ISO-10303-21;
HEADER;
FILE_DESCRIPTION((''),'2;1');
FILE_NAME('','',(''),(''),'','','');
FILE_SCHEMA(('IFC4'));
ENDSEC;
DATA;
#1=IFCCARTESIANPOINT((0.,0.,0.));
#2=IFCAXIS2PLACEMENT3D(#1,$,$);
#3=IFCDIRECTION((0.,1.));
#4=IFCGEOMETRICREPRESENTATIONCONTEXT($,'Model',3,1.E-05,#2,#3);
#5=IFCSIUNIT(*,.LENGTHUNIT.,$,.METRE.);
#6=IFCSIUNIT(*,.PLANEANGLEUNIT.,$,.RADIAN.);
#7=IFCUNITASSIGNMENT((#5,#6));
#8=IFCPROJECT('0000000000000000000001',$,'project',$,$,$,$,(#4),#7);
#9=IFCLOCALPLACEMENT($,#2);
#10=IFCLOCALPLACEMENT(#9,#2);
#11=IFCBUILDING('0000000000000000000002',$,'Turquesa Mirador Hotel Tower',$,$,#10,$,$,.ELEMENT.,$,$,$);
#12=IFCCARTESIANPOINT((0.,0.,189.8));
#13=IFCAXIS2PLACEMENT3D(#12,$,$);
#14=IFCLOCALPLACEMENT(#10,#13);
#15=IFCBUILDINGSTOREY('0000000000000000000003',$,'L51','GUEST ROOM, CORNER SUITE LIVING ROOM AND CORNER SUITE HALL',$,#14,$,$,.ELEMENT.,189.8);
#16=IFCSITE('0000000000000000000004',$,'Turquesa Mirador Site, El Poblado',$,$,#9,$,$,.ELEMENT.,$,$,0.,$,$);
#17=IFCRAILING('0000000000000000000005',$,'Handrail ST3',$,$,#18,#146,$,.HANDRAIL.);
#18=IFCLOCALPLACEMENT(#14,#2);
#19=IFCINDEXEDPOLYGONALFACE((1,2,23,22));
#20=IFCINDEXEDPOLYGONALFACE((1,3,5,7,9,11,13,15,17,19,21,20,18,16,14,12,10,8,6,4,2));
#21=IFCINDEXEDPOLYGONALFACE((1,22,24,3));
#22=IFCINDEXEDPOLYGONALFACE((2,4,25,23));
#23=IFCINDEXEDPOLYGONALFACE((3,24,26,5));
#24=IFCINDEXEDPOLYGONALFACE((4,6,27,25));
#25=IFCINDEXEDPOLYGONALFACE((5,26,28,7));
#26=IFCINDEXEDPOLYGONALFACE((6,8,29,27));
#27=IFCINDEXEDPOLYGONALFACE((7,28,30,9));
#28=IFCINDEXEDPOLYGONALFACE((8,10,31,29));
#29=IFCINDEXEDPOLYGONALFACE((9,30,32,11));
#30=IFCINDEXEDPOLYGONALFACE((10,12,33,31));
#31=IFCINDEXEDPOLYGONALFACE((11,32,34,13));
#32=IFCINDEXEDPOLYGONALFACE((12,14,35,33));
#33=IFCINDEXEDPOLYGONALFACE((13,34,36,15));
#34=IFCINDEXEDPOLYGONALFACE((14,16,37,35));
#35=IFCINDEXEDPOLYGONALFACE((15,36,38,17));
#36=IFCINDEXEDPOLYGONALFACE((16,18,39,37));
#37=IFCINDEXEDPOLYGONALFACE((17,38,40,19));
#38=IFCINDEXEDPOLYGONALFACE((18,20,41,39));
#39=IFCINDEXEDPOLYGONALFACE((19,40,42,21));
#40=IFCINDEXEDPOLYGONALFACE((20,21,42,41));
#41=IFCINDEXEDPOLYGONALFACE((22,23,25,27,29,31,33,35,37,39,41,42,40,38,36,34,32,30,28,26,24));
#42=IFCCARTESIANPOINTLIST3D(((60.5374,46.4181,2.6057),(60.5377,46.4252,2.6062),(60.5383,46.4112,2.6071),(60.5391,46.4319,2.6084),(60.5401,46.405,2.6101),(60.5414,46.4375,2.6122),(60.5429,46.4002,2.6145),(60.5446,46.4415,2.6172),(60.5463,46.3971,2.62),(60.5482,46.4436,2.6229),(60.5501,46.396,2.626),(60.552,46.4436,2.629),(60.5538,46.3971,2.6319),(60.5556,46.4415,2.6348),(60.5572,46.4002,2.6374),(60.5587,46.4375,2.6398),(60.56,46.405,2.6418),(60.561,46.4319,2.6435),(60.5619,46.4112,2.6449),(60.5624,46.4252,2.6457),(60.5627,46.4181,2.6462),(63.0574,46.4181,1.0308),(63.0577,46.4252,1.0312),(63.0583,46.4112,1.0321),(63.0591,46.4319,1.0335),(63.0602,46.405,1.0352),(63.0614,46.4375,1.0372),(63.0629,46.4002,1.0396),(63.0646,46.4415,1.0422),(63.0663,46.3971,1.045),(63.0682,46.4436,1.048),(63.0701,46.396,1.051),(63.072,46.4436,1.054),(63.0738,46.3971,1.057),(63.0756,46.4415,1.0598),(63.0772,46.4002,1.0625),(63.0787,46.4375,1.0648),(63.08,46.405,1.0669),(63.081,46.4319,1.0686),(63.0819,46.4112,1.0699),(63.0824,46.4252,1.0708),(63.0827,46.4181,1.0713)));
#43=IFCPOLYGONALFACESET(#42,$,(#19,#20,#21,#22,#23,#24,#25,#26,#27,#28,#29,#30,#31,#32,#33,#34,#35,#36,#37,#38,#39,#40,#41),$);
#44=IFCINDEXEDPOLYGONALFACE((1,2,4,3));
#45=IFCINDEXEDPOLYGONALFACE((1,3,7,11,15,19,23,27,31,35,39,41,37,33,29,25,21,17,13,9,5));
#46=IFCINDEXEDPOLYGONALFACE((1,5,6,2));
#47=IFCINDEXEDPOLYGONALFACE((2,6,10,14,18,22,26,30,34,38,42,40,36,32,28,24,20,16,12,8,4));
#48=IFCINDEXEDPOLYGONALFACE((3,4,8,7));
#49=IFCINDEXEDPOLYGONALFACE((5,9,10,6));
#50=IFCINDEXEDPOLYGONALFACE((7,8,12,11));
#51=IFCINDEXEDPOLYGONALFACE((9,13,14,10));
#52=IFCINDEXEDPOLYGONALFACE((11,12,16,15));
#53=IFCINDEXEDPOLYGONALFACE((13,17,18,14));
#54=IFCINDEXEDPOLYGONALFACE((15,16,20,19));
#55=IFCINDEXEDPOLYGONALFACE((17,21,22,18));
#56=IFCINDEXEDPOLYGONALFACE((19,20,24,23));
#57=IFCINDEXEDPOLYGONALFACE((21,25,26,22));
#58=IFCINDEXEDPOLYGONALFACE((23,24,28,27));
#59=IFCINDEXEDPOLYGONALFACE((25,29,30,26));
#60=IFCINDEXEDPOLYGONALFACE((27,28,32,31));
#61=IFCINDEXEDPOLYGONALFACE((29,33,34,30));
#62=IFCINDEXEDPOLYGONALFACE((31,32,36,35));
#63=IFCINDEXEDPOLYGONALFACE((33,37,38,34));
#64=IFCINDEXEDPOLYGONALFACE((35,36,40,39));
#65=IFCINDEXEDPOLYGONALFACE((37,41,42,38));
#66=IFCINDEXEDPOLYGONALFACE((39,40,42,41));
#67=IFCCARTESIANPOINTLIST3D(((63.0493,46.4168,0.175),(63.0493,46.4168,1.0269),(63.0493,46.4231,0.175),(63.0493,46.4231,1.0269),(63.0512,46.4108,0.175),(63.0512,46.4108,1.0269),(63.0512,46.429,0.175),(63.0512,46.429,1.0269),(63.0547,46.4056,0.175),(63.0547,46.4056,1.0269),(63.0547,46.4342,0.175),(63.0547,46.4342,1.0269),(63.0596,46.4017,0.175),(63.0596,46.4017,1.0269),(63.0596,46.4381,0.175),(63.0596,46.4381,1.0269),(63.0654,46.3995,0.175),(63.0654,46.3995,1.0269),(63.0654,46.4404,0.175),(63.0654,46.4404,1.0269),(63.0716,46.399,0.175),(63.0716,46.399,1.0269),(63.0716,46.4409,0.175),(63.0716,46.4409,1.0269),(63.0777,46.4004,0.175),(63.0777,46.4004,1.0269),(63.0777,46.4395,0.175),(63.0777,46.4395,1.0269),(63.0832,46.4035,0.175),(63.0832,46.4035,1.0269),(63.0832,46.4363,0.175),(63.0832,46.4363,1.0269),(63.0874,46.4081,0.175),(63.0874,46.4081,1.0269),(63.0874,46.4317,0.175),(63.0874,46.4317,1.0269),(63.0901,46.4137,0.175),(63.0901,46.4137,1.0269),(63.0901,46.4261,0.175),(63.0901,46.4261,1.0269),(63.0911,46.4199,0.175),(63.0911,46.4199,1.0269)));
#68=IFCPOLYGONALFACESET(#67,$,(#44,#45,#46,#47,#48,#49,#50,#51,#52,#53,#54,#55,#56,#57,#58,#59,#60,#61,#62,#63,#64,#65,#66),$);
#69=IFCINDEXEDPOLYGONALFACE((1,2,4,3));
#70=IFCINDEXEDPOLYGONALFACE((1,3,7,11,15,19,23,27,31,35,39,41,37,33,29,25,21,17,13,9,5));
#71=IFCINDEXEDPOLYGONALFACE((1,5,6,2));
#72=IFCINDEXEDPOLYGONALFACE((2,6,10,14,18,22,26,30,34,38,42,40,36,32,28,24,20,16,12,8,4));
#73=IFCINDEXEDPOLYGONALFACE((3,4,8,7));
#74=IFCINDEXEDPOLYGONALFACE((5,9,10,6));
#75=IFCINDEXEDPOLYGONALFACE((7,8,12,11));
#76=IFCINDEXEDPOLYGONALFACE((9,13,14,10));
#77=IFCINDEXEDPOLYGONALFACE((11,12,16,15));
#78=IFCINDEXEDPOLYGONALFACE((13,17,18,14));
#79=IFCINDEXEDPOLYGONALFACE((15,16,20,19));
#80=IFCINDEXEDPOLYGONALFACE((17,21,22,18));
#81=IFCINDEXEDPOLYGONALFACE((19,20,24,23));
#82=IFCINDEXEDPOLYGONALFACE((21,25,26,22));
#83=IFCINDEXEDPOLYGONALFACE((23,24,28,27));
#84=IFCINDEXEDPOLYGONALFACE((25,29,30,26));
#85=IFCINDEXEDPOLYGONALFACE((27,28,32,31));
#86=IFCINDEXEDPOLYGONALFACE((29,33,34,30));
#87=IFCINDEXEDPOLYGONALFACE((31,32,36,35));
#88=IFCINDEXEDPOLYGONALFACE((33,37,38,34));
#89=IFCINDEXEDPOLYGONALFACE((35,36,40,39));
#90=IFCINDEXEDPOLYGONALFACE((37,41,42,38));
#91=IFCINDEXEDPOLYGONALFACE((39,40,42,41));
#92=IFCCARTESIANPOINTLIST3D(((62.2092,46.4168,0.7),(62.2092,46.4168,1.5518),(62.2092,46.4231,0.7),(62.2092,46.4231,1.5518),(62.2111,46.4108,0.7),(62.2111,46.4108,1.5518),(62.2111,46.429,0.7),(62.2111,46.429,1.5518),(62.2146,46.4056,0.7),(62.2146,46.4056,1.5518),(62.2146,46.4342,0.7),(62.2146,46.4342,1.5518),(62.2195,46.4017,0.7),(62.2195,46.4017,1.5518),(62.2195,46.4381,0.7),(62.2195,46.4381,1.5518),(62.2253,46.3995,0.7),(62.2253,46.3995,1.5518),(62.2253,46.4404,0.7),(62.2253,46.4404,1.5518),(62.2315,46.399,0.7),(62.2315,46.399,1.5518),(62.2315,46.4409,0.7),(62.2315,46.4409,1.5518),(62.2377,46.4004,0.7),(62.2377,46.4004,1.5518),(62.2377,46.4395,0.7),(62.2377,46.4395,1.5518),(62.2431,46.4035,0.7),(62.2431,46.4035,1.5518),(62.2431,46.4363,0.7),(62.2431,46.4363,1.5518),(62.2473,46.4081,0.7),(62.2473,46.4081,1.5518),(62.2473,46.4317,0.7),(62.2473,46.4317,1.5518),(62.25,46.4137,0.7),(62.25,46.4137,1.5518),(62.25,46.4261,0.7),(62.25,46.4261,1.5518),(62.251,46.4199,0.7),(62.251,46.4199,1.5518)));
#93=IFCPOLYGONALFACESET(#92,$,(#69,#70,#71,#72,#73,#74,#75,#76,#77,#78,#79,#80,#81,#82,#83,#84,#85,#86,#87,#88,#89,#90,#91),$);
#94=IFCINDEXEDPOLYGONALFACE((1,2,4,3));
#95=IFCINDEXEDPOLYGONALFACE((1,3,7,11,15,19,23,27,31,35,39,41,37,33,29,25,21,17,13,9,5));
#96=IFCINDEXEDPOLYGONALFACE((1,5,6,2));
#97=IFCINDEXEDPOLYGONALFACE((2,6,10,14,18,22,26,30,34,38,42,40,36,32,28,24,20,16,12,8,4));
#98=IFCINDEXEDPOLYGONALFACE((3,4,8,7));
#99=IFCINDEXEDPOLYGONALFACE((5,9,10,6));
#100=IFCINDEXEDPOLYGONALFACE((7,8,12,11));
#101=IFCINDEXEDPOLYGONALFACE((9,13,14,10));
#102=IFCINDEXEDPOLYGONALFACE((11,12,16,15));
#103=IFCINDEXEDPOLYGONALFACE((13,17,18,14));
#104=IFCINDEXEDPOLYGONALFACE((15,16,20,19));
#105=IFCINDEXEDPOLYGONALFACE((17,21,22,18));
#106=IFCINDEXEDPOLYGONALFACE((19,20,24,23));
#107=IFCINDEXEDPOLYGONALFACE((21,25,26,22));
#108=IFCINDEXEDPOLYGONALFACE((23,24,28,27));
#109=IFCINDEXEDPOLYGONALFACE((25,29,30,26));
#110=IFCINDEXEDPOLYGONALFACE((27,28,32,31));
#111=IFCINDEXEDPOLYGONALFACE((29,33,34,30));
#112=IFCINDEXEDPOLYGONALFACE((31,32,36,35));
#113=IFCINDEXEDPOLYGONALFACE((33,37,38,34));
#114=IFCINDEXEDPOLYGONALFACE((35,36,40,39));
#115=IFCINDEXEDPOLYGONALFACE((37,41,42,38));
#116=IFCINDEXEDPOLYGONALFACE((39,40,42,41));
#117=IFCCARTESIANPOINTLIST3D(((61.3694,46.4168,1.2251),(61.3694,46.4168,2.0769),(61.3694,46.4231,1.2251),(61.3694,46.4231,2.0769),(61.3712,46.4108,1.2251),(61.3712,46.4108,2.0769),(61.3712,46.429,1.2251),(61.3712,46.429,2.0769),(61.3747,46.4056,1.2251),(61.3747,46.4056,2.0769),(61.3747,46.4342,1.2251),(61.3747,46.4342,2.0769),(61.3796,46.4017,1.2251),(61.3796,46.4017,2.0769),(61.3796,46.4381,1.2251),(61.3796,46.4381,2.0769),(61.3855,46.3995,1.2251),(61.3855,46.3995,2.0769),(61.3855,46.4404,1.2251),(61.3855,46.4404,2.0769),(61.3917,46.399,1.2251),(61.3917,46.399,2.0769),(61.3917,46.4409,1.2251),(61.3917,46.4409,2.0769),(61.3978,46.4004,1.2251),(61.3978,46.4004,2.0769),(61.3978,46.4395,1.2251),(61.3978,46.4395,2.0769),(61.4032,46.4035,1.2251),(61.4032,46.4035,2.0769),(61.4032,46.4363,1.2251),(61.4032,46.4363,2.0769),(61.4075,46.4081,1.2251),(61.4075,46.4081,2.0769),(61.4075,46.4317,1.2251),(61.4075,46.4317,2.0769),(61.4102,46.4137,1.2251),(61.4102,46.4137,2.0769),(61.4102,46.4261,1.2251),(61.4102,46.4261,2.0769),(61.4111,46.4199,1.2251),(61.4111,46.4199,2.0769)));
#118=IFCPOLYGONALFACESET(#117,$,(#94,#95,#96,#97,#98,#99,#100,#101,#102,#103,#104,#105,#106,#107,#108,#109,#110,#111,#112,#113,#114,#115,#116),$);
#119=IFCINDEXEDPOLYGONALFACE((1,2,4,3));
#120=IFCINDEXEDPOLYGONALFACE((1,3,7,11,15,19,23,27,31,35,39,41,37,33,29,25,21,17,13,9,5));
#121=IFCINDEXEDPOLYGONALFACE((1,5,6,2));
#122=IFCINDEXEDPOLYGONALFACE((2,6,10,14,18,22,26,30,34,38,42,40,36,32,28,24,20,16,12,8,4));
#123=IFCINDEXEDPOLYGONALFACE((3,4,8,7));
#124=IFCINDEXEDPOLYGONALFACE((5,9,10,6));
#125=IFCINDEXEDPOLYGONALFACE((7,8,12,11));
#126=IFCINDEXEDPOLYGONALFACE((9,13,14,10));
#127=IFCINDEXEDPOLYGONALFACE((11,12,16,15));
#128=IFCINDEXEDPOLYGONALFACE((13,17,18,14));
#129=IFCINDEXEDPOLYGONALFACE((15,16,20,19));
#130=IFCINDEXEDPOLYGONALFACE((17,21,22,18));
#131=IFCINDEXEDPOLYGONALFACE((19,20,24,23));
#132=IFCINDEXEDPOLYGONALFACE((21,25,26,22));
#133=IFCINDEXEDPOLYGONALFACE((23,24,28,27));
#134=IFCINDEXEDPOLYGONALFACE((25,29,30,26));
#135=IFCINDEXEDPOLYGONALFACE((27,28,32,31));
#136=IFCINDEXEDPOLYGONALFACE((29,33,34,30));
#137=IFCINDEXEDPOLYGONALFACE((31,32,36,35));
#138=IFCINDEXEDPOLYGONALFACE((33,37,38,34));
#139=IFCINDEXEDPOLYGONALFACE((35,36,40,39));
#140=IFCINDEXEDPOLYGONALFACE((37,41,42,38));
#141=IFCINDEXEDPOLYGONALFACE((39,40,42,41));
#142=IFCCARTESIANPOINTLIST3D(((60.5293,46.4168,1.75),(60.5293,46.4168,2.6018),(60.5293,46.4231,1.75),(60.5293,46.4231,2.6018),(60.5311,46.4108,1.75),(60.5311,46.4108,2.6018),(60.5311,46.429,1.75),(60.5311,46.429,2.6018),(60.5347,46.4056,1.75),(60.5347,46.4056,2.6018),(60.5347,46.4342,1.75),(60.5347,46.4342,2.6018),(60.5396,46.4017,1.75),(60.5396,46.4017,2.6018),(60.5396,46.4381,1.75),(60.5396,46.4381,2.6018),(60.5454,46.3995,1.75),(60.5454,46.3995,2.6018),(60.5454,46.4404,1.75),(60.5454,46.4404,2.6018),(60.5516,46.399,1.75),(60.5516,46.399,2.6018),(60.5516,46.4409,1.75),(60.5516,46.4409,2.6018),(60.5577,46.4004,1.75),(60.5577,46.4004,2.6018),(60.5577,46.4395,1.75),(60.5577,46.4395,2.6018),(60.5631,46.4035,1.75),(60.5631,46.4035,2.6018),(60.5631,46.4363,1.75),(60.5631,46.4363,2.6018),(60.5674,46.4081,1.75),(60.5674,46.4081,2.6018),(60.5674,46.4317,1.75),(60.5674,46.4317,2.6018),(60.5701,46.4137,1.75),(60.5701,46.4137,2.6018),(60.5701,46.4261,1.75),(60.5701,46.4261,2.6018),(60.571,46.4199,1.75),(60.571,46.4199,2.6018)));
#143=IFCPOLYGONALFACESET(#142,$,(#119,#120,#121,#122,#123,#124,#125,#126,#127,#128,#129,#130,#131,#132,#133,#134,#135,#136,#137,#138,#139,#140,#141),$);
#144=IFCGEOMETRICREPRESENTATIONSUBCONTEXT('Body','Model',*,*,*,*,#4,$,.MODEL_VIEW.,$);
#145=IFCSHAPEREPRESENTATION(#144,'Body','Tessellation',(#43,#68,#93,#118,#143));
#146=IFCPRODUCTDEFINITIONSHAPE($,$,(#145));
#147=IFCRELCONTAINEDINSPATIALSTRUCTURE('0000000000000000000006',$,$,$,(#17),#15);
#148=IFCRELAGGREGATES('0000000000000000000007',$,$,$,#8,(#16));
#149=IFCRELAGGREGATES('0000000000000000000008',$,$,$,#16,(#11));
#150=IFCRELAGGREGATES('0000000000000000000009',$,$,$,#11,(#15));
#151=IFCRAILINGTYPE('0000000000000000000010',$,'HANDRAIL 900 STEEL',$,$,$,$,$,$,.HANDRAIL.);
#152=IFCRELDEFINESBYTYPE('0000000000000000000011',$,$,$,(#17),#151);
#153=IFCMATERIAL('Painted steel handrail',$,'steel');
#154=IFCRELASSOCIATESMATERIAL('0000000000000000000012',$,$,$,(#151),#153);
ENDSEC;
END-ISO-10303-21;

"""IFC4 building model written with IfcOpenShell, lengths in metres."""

from ifc_helpers import new_model, si_unit, direction, frame, origin, origin_2d, place, context, subcontext, project, spatial, circle, extrude, material, type_object, element, save


model = new_model("IFC4")

# Units and contexts
model_context = context("Model", 3, precision=1e-05, world=origin(), true_north=direction((0.0, 1.0)))
body_context = subcontext(model_context, "Body", "Model", "MODEL_VIEW")
ifc_project = project(units=[si_unit("LENGTHUNIT", "METRE"), si_unit("PLANEANGLEUNIT", "RADIAN")], contexts=[model_context])

# Site, building, storey
site_placement = place(None, origin())
site = spatial("IfcSite", under=ifc_project, at=site_placement, Name="Turquesa Mirador Site, El Poblado", CompositionType="ELEMENT", RefElevation=0.0)
building_placement = place(site_placement, origin())
building = spatial("IfcBuilding", under=site, at=building_placement, Name="Turquesa Mirador Hotel Tower", CompositionType="ELEMENT")
storey_placement = place(building_placement, frame((0.0, 0.0, 189.8)))
storey = spatial("IfcBuildingStorey", under=building, at=storey_placement, Name="L51", Description="GUEST ROOM, CORNER SUITE LIVING ROOM AND CORNER SUITE HALL", CompositionType="ELEMENT", Elevation=189.8)

# Railing
ifc_material_1 = material(Name="Painted steel handrail", Category="steel")
railing_type = type_object("IfcRailingType", Name="HANDRAIL 900 STEEL", PredefinedType="HANDRAIL", material=ifc_material_1)
railing_1_placement = place(storey_placement, frame((63.0701, 46.4199, 0.175)))
element("IfcRailing", 1, at=railing_1_placement, inside=storey, type_object=railing_type, Name="Handrail ST3", PredefinedType="HANDRAIL", context=body_context, shape_type="SweptSolid", body=[
    extrude(circle(Radius=0.0239, at=origin_2d()), frame((0.0, 0.0, 0.876), z_axis=(-0.848008, 0.0, 0.529984), x_axis=(0.0, -1.0, 0.0)), (0.0, 0.0, 1.0), 2.9717),
    extrude(circle(Radius=0.021, at=origin_2d()), origin(), (0.0, 0.0, 1.0), 0.8518),
    extrude(circle(Radius=0.021, at=origin_2d()), frame((-0.8401, 0.0, 0.5249)), (0.0, 0.0, 1.0), 0.8518),
    extrude(circle(Radius=0.021, at=origin_2d()), frame((-1.6799, 0.0, 1.05)), (0.0, 0.0, 1.0), 0.8518),
    extrude(circle(Radius=0.021, at=origin_2d()), frame((-2.52, 0.0, 1.575)), (0.0, 0.0, 1.0), 0.8518),
])

save(model, "model.ifc")
